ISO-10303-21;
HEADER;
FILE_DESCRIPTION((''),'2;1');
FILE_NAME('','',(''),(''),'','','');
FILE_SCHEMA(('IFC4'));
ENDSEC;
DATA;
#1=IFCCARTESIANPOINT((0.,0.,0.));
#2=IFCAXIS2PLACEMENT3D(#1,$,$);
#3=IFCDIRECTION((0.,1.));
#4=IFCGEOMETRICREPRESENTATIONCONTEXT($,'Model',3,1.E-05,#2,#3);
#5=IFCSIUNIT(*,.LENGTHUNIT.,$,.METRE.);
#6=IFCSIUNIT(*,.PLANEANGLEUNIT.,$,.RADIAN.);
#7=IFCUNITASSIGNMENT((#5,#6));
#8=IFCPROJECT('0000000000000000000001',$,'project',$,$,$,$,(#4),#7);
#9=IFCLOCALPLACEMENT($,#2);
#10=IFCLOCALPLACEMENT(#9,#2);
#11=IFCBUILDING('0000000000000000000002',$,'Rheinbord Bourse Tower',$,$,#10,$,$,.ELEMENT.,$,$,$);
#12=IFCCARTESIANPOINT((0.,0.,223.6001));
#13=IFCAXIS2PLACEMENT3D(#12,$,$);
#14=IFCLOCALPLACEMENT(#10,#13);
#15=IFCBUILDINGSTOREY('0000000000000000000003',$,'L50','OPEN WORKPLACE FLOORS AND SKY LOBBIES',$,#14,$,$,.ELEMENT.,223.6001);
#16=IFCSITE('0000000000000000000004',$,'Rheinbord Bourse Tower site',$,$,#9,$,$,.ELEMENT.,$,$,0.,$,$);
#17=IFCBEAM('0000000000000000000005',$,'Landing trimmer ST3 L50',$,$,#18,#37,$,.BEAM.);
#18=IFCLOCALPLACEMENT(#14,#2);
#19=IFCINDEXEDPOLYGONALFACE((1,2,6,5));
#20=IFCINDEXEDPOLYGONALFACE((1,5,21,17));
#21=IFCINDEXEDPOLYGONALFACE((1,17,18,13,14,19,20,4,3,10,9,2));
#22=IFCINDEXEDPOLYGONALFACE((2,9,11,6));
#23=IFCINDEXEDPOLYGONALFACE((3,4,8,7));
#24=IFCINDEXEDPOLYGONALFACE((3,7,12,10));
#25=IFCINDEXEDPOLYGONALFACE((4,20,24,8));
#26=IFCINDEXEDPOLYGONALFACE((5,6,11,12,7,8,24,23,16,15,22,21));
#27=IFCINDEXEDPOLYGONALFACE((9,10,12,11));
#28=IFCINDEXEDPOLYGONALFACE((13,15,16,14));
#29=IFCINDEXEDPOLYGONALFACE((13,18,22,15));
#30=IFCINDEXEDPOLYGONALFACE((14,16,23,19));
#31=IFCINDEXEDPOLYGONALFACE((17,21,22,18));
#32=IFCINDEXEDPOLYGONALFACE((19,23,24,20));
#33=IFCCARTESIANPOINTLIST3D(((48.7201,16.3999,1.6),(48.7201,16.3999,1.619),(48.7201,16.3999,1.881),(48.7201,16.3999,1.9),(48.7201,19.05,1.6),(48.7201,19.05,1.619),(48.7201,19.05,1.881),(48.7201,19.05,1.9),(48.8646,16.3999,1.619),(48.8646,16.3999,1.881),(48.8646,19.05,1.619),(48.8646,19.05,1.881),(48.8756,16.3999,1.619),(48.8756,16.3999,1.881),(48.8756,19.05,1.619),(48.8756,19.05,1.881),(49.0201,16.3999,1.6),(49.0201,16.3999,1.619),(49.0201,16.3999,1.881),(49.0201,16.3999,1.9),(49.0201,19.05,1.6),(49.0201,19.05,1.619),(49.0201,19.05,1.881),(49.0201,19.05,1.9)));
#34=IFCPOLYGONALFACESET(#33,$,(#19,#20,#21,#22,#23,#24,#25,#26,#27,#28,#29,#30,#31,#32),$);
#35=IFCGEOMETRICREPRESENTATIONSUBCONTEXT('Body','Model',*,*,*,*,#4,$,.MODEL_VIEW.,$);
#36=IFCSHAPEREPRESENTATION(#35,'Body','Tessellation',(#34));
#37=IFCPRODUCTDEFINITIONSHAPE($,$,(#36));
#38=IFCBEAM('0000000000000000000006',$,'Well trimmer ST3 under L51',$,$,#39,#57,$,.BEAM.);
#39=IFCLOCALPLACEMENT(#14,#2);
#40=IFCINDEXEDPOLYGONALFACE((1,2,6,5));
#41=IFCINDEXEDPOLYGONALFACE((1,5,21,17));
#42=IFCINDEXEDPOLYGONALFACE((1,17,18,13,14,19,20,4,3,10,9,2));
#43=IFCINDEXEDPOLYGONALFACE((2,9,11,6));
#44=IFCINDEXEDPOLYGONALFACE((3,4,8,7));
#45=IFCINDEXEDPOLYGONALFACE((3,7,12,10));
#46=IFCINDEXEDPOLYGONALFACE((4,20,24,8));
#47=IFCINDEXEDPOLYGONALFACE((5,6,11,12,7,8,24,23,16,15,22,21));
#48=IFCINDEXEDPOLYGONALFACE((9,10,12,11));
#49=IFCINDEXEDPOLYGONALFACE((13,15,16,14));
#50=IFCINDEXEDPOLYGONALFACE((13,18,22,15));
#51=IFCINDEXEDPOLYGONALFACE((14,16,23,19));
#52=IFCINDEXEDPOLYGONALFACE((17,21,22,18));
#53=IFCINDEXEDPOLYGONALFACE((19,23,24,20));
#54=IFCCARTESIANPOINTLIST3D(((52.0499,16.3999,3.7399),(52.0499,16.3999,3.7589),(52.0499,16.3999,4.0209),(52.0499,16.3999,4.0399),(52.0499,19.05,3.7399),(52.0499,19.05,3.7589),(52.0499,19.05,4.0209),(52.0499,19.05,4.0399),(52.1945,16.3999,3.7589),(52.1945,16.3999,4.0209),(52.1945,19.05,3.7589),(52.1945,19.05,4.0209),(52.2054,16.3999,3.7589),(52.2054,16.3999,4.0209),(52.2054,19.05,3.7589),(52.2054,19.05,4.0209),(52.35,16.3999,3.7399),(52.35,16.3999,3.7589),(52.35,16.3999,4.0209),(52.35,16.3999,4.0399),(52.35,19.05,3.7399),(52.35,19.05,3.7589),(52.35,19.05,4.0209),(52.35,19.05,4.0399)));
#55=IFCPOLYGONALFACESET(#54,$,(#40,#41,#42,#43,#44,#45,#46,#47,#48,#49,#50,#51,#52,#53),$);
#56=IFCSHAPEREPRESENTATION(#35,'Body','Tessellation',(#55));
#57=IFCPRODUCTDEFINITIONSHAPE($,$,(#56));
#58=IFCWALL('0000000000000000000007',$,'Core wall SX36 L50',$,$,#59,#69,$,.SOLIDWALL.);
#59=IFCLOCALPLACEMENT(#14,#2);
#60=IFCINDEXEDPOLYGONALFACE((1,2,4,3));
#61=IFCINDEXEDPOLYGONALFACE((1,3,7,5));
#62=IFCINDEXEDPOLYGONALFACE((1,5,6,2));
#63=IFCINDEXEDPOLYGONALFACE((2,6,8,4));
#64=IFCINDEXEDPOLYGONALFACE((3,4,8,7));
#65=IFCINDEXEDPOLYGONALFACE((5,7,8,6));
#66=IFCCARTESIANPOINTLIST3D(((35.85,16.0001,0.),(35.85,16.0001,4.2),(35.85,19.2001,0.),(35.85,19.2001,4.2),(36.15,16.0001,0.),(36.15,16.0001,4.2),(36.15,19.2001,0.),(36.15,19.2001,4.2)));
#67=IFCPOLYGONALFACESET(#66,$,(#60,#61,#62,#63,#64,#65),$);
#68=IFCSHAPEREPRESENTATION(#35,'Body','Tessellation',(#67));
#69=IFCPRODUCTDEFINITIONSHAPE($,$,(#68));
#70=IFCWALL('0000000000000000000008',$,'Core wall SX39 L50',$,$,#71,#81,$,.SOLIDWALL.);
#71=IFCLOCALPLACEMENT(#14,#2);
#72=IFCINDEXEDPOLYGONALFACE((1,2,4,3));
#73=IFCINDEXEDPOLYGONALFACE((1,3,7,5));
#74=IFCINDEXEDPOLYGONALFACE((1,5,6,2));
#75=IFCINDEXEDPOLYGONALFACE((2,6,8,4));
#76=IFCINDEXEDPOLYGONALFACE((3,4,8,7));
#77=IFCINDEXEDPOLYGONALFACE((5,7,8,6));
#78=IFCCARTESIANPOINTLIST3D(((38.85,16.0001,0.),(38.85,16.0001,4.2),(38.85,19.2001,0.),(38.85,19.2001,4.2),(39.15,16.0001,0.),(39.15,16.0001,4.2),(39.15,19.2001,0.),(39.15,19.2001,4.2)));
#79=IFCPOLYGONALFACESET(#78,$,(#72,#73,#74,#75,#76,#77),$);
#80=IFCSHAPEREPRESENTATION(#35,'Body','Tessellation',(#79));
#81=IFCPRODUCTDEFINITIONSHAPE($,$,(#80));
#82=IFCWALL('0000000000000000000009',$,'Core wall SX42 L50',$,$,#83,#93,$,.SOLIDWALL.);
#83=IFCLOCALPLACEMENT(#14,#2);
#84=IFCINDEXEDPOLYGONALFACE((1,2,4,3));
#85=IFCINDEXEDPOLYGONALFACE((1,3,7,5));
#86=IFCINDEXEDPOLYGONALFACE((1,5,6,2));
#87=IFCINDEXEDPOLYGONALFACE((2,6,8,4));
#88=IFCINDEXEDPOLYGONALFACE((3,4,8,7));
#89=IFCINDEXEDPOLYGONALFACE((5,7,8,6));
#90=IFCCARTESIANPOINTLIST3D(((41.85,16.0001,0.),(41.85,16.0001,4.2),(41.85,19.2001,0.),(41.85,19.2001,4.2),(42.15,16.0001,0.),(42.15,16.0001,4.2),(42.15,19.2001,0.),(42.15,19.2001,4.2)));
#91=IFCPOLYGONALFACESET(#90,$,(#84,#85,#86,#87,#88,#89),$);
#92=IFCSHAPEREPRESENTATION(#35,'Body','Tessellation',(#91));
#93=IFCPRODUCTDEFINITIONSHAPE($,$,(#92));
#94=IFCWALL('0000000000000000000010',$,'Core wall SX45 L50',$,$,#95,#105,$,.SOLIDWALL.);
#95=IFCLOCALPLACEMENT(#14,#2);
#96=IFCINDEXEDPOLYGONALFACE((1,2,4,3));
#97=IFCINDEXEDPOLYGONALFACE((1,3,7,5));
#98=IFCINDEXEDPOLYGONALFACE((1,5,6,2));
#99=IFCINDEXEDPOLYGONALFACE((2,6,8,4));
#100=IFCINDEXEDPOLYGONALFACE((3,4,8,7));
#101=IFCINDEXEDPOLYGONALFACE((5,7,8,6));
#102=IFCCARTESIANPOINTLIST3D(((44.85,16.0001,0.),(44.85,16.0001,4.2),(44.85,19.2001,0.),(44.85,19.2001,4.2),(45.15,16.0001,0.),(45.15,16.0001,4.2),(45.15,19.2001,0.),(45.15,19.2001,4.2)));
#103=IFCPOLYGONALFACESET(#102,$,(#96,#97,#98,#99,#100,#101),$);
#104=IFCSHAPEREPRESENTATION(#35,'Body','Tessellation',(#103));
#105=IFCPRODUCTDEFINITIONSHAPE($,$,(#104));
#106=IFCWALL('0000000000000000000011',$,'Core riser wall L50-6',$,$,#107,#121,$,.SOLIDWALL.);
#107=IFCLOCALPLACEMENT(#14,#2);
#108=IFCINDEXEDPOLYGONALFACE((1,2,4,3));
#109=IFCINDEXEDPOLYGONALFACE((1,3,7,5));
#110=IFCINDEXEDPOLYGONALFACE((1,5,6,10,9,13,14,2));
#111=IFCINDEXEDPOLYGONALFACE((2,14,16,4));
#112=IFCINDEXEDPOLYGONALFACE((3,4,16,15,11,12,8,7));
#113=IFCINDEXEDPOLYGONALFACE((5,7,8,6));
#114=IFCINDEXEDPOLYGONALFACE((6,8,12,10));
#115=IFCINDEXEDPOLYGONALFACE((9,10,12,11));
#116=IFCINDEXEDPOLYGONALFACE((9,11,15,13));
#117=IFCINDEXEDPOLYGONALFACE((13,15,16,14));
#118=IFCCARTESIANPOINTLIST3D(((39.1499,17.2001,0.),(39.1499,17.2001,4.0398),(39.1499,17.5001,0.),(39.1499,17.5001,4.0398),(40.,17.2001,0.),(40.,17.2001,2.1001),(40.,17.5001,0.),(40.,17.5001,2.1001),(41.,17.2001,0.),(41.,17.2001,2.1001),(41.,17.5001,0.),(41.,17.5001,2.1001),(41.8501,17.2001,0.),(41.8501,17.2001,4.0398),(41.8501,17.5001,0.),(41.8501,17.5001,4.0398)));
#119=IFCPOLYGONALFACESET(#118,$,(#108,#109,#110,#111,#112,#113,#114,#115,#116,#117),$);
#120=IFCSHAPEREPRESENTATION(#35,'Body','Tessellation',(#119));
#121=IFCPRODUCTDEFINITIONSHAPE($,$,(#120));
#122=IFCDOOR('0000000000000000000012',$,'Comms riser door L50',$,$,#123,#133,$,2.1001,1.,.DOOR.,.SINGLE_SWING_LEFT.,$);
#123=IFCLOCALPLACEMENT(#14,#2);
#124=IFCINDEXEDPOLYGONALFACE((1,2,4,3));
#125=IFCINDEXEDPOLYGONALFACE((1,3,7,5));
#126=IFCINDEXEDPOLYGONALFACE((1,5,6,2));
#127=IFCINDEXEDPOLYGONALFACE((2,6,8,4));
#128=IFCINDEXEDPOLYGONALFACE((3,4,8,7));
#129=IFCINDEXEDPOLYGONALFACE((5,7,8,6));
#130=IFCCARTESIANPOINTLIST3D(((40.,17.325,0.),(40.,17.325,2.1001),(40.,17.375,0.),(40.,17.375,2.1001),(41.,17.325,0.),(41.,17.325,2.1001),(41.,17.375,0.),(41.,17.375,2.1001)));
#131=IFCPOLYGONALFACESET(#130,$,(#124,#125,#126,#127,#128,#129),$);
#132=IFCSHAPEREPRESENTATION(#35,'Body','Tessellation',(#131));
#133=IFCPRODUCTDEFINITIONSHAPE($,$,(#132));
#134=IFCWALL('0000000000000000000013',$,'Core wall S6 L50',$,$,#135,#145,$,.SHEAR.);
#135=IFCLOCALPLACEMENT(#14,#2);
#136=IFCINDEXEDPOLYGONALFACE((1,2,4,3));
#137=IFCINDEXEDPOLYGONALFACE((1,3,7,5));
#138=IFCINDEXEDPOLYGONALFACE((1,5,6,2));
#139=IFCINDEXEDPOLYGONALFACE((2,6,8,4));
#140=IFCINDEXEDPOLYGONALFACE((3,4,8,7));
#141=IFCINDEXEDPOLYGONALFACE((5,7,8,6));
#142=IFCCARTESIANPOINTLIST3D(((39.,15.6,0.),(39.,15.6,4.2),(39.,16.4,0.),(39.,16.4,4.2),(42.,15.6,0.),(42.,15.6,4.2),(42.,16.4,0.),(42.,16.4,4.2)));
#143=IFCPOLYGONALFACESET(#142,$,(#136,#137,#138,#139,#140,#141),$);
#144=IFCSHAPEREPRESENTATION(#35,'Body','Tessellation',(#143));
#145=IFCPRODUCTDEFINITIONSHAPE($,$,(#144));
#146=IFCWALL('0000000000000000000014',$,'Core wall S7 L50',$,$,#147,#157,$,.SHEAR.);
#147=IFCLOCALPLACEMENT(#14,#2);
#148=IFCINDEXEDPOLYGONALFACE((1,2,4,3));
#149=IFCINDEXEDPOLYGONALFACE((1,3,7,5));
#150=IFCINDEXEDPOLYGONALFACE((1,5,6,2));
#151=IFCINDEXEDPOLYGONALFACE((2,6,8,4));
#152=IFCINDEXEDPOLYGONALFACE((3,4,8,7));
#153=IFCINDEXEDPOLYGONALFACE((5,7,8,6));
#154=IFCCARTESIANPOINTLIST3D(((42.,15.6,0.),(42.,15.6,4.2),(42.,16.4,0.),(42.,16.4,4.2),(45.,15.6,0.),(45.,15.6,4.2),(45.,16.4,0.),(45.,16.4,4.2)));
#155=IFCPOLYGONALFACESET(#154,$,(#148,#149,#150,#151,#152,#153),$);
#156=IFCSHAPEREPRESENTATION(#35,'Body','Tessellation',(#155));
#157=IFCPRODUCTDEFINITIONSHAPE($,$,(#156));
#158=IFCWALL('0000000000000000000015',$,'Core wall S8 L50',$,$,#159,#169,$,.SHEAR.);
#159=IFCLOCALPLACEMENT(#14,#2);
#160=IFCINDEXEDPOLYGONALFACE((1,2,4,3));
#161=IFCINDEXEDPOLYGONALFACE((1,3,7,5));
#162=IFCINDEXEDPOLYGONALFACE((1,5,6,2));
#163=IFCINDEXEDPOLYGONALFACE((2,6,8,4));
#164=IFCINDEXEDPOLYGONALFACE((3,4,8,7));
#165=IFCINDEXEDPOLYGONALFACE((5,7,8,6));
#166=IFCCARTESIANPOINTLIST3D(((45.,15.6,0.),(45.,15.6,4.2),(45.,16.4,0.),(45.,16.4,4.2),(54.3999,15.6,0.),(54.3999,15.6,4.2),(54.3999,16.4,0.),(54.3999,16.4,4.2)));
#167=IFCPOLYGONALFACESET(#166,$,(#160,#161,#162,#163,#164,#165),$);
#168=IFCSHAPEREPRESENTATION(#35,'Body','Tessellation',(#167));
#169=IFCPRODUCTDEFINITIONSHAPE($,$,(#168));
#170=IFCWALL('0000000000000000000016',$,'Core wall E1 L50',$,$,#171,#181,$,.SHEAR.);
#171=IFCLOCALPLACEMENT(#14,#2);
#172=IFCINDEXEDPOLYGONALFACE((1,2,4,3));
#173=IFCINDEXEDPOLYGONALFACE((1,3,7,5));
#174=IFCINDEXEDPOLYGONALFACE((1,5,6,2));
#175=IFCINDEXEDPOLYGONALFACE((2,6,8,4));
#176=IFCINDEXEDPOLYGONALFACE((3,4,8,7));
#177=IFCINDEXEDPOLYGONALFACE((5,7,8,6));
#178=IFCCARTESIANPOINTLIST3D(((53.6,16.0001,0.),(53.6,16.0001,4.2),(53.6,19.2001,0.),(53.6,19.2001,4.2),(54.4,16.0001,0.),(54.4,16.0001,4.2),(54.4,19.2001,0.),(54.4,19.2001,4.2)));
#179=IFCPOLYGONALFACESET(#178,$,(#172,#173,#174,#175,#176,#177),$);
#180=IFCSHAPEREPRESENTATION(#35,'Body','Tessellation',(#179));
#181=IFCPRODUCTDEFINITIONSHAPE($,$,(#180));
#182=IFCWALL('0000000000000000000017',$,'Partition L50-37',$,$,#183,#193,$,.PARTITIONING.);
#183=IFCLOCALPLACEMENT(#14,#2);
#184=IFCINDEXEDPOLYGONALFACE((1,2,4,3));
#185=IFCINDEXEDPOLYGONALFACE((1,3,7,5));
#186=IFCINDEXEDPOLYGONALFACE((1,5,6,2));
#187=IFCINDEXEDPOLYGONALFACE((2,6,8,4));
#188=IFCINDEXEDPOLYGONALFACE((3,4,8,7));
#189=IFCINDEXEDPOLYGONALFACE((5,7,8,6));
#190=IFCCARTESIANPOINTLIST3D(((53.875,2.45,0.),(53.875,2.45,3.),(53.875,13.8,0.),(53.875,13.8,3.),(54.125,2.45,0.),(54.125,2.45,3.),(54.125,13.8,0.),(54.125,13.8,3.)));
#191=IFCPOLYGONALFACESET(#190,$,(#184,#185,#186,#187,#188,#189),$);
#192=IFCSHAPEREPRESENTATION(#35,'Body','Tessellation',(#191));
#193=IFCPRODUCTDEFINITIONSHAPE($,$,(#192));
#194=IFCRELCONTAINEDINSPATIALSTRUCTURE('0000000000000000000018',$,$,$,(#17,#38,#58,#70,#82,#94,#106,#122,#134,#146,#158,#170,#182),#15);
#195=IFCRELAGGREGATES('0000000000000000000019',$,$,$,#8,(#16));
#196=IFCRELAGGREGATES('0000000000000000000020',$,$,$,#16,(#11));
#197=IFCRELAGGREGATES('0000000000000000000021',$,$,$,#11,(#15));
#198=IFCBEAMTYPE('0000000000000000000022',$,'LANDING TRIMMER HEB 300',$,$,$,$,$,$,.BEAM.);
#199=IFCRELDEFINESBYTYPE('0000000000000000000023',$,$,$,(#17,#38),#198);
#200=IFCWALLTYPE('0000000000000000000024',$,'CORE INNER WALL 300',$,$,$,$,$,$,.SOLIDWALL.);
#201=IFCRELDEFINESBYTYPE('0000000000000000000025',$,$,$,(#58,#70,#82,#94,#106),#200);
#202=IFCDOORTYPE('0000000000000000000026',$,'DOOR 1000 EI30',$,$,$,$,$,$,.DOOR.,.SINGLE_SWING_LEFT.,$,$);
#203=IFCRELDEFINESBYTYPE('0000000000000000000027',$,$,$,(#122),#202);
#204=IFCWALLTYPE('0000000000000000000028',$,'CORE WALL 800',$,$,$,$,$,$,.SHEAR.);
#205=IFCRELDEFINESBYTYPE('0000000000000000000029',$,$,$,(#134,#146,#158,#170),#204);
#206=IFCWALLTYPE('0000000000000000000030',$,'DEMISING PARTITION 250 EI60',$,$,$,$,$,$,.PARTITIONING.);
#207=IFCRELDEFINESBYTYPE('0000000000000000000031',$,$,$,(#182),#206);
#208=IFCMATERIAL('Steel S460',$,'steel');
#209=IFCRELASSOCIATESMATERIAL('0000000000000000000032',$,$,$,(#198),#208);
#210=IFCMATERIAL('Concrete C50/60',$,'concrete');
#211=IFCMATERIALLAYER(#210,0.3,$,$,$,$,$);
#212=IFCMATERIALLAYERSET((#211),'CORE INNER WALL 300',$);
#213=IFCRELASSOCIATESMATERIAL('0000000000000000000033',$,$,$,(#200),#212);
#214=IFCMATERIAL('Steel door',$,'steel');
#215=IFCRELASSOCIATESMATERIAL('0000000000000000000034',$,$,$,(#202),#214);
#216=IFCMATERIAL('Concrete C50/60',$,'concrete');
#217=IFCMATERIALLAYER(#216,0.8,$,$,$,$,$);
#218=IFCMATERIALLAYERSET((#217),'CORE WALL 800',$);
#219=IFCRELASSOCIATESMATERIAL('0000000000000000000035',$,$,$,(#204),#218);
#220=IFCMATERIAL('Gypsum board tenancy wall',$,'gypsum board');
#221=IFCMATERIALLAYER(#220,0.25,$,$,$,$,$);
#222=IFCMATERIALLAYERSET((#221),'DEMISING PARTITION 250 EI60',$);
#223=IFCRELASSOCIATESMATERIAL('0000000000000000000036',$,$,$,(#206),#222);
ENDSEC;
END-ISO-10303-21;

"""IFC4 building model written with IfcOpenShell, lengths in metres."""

from ifc_helpers import new_model, si_unit, direction, frame, frame_2d, origin, origin_2d, place, context, subcontext, project, spatial, rectangle, i_section, extrude, material, layer, layer_set, material_profile, profile_set, type_object, element, fill, save


model = new_model("IFC4")

# Units and contexts
model_context = context("Model", 3, precision=1e-05, world=origin(), true_north=direction((0.0, 1.0)))
body_context = subcontext(model_context, "Body", "Model", "MODEL_VIEW")
ifc_project = project(units=[si_unit("LENGTHUNIT", "METRE"), si_unit("PLANEANGLEUNIT", "RADIAN")], contexts=[model_context])

# Site, building, storey
site_placement = place(None, origin())
site = spatial("IfcSite", under=ifc_project, at=site_placement, Name="Rheinbord Bourse Tower site", CompositionType="ELEMENT", RefElevation=0.0)
building_placement = place(site_placement, origin())
building = spatial("IfcBuilding", under=site, at=building_placement, Name="Rheinbord Bourse Tower", CompositionType="ELEMENT")
storey_placement = place(building_placement, frame((0.0, 0.0, 223.6001)))
storey = spatial("IfcBuildingStorey", under=building, at=storey_placement, Name="L50", Description="OPEN WORKPLACE FLOORS AND SKY LOBBIES", CompositionType="ELEMENT", Elevation=223.6001)

# Beams
ifc_material_1 = material(Name="Steel S460", Category="steel")
ifc_material_profile = material_profile(ifc_material_1, i_section(OverallWidth=0.3, OverallDepth=0.3, WebThickness=0.011, FlangeThickness=0.019, at=origin_2d()), Name="HEB 300")
ifc_profile_set = profile_set([ifc_material_profile], Name="Steel S460")
beam_type = type_object("IfcBeamType", Name="LANDING TRIMMER HEB 300", PredefinedType="BEAM", material=ifc_profile_set)
for number, where, z_axis, x_axis, name in (
    (1, (48.8701, 16.3999, 1.75), (0.0, 1.0, 0.0), (-1.0, 0.0, 0.0), "Landing trimmer ST3 L50"),
    (2, (52.2, 16.3999, 3.8899), (0.0, 1.0, 0.0), (-1.0, 0.0, 0.0), "Well trimmer ST3 under L51"),
):
    element("IfcBeam", number, at=place(storey_placement, frame(where, z_axis=z_axis, x_axis=x_axis)), inside=storey, type_object=beam_type, Name=name, PredefinedType="BEAM", context=body_context, shape_type="SweptSolid", body=[
        extrude(i_section(OverallWidth=0.3, OverallDepth=0.3, WebThickness=0.011, FlangeThickness=0.019, at=origin_2d()), origin(), (0.0, 0.0, 1.0), 2.6501),
    ])

# Walls
ifc_material_2 = material(Name="Concrete C50/60", Category="concrete")
ifc_layer_1 = layer(ifc_material_2, 0.3)
ifc_layer_set_1 = layer_set([ifc_layer_1], Name="CORE INNER WALL 300")
wall_type_1 = type_object("IfcWallType", Name="CORE INNER WALL 300", PredefinedType="SOLIDWALL", material=ifc_layer_set_1)
for number, where, z_axis, x_axis, name in (
    (3, (36.0, 16.0, 0.0), (0.0, 0.0, 1.0), (0.0, 1.0, 0.0), "Core wall SX36 L50"),
    (4, (39.0, 16.0, 0.0), (0.0, 0.0, 1.0), (0.0, 1.0, 0.0), "Core wall SX39 L50"),
    (5, (42.0, 16.0, 0.0), (0.0, 0.0, 1.0), (0.0, 1.0, 0.0), "Core wall SX42 L50"),
    (6, (45.0, 16.0, 0.0), (0.0, 0.0, 1.0), (0.0, 1.0, 0.0), "Core wall SX45 L50"),
):
    element("IfcWall", number, at=place(storey_placement, frame(where, z_axis=z_axis, x_axis=x_axis)), inside=storey, type_object=wall_type_1, Name=name, PredefinedType="SOLIDWALL", context=body_context, shape_type="SweptSolid", body=[
        extrude(rectangle(XDim=3.2, YDim=0.3, at=frame_2d((1.6001, 0.0))), origin(), (0.0, 0.0, 1.0), 4.2),
    ])

# Wall, opening, door
wall_1_placement = place(storey_placement, frame((39.1499, 17.3501, 0.0), z_axis=(0.0, 0.0, 1.0), x_axis=(1.0, 0.0, 0.0)))
wall_1 = element("IfcWall", 7, at=wall_1_placement, inside=storey, type_object=wall_type_1, Name="Core riser wall L50-6", PredefinedType="SOLIDWALL", context=body_context, shape_type="SweptSolid", body=[
    extrude(rectangle(XDim=2.7002, YDim=0.3, at=frame_2d((1.3501, 0.0))), origin(), (0.0, 0.0, 1.0), 4.0398),
])
opening_1_placement = place(wall_1_placement, frame((0.8501, 0.0, 0.0)))
opening_1 = element("IfcOpeningElement", 8, at=opening_1_placement, cuts=wall_1, PredefinedType="OPENING", context=body_context, shape_type="SweptSolid", body=[
    extrude(rectangle(XDim=1.0, YDim=2.1001, at=frame_2d((0.5, 1.05))), frame((0.0, 0.1599, 0.0), z_axis=(0.0, -1.0, 0.0), x_axis=(1.0, 0.0, 0.0)), (0.0, 0.0, 1.0), 0.3201),
])
ifc_material_3 = material(Name="Steel door", Category="steel")
door_type_1 = type_object("IfcDoorType", Name="DOOR 1000 EI30", OperationType="SINGLE_SWING_LEFT", PredefinedType="DOOR", material=ifc_material_3)
door_1_placement = place(opening_1_placement, origin())
door_1 = element("IfcDoor", 9, at=door_1_placement, inside=storey, type_object=door_type_1, Name="Comms riser door L50", OperationType="SINGLE_SWING_LEFT", OverallHeight=2.1001, OverallWidth=1.0, PredefinedType="DOOR", context=body_context, shape_type="SweptSolid", body=[
    extrude(rectangle(XDim=1.0, YDim=2.1001, at=frame_2d((0.5, 1.05))), frame((0.0, 0.0249, 0.0), z_axis=(0.0, -1.0, 0.0), x_axis=(1.0, 0.0, 0.0)), (0.0, 0.0, 1.0), 0.05),
])
fill(opening_1, door_1)

# Walls
ifc_material_4 = material(Name="Concrete C50/60", Category="concrete")
ifc_layer_2 = layer(ifc_material_4, 0.8)
ifc_layer_set_2 = layer_set([ifc_layer_2], Name="CORE WALL 800")
wall_type_2 = type_object("IfcWallType", Name="CORE WALL 800", PredefinedType="SHEAR", material=ifc_layer_set_2)
for number, where, z_axis, x_axis, name in (
    (10, (39.0, 16.0, 0.0), (0.0, 0.0, 1.0), (1.0, 0.0, 0.0), "Core wall S6 L50"),
    (11, (42.0, 16.0, 0.0), (0.0, 0.0, 1.0), (1.0, 0.0, 0.0), "Core wall S7 L50"),
):
    element("IfcWall", number, at=place(storey_placement, frame(where, z_axis=z_axis, x_axis=x_axis)), inside=storey, type_object=wall_type_2, Name=name, PredefinedType="SHEAR", context=body_context, shape_type="SweptSolid", body=[
        extrude(rectangle(XDim=3.0, YDim=0.8, at=frame_2d((1.5, 0.0))), origin(), (0.0, 0.0, 1.0), 4.2),
    ])
wall_2_placement = place(storey_placement, frame((45.0, 16.0, 0.0), z_axis=(0.0, 0.0, 1.0), x_axis=(1.0, 0.0, 0.0)))
element("IfcWall", 12, at=wall_2_placement, inside=storey, type_object=wall_type_2, Name="Core wall S8 L50", PredefinedType="SHEAR", context=body_context, shape_type="SweptSolid", body=[
    extrude(rectangle(XDim=9.3999, YDim=0.8, at=frame_2d((4.7, 0.0))), origin(), (0.0, 0.0, 1.0), 4.2),
])
wall_3_placement = place(storey_placement, frame((54.0, 16.0, 0.0), z_axis=(0.0, 0.0, 1.0), x_axis=(0.0, 1.0, 0.0)))
element("IfcWall", 13, at=wall_3_placement, inside=storey, type_object=wall_type_2, Name="Core wall E1 L50", PredefinedType="SHEAR", context=body_context, shape_type="SweptSolid", body=[
    extrude(rectangle(XDim=3.2, YDim=0.8, at=frame_2d((1.6001, 0.0))), origin(), (0.0, 0.0, 1.0), 4.2),
])
ifc_material_5 = material(Name="Gypsum board tenancy wall", Category="gypsum board")
ifc_layer_3 = layer(ifc_material_5, 0.25)
ifc_layer_set_3 = layer_set([ifc_layer_3], Name="DEMISING PARTITION 250 EI60")
wall_type_3 = type_object("IfcWallType", Name="DEMISING PARTITION 250 EI60", PredefinedType="PARTITIONING", material=ifc_layer_set_3)
wall_4_placement = place(storey_placement, frame((54.0, 2.45, 0.0), z_axis=(0.0, 0.0, 1.0), x_axis=(0.0, 1.0, 0.0)))
element("IfcWall", 14, at=wall_4_placement, inside=storey, type_object=wall_type_3, Name="Partition L50-37", PredefinedType="PARTITIONING", context=body_context, shape_type="SweptSolid", body=[
    extrude(rectangle(XDim=11.3501, YDim=0.25, at=frame_2d((5.675, 0.0))), origin(), (0.0, 0.0, 1.0), 3.0),
])

save(model, "model.ifc")
